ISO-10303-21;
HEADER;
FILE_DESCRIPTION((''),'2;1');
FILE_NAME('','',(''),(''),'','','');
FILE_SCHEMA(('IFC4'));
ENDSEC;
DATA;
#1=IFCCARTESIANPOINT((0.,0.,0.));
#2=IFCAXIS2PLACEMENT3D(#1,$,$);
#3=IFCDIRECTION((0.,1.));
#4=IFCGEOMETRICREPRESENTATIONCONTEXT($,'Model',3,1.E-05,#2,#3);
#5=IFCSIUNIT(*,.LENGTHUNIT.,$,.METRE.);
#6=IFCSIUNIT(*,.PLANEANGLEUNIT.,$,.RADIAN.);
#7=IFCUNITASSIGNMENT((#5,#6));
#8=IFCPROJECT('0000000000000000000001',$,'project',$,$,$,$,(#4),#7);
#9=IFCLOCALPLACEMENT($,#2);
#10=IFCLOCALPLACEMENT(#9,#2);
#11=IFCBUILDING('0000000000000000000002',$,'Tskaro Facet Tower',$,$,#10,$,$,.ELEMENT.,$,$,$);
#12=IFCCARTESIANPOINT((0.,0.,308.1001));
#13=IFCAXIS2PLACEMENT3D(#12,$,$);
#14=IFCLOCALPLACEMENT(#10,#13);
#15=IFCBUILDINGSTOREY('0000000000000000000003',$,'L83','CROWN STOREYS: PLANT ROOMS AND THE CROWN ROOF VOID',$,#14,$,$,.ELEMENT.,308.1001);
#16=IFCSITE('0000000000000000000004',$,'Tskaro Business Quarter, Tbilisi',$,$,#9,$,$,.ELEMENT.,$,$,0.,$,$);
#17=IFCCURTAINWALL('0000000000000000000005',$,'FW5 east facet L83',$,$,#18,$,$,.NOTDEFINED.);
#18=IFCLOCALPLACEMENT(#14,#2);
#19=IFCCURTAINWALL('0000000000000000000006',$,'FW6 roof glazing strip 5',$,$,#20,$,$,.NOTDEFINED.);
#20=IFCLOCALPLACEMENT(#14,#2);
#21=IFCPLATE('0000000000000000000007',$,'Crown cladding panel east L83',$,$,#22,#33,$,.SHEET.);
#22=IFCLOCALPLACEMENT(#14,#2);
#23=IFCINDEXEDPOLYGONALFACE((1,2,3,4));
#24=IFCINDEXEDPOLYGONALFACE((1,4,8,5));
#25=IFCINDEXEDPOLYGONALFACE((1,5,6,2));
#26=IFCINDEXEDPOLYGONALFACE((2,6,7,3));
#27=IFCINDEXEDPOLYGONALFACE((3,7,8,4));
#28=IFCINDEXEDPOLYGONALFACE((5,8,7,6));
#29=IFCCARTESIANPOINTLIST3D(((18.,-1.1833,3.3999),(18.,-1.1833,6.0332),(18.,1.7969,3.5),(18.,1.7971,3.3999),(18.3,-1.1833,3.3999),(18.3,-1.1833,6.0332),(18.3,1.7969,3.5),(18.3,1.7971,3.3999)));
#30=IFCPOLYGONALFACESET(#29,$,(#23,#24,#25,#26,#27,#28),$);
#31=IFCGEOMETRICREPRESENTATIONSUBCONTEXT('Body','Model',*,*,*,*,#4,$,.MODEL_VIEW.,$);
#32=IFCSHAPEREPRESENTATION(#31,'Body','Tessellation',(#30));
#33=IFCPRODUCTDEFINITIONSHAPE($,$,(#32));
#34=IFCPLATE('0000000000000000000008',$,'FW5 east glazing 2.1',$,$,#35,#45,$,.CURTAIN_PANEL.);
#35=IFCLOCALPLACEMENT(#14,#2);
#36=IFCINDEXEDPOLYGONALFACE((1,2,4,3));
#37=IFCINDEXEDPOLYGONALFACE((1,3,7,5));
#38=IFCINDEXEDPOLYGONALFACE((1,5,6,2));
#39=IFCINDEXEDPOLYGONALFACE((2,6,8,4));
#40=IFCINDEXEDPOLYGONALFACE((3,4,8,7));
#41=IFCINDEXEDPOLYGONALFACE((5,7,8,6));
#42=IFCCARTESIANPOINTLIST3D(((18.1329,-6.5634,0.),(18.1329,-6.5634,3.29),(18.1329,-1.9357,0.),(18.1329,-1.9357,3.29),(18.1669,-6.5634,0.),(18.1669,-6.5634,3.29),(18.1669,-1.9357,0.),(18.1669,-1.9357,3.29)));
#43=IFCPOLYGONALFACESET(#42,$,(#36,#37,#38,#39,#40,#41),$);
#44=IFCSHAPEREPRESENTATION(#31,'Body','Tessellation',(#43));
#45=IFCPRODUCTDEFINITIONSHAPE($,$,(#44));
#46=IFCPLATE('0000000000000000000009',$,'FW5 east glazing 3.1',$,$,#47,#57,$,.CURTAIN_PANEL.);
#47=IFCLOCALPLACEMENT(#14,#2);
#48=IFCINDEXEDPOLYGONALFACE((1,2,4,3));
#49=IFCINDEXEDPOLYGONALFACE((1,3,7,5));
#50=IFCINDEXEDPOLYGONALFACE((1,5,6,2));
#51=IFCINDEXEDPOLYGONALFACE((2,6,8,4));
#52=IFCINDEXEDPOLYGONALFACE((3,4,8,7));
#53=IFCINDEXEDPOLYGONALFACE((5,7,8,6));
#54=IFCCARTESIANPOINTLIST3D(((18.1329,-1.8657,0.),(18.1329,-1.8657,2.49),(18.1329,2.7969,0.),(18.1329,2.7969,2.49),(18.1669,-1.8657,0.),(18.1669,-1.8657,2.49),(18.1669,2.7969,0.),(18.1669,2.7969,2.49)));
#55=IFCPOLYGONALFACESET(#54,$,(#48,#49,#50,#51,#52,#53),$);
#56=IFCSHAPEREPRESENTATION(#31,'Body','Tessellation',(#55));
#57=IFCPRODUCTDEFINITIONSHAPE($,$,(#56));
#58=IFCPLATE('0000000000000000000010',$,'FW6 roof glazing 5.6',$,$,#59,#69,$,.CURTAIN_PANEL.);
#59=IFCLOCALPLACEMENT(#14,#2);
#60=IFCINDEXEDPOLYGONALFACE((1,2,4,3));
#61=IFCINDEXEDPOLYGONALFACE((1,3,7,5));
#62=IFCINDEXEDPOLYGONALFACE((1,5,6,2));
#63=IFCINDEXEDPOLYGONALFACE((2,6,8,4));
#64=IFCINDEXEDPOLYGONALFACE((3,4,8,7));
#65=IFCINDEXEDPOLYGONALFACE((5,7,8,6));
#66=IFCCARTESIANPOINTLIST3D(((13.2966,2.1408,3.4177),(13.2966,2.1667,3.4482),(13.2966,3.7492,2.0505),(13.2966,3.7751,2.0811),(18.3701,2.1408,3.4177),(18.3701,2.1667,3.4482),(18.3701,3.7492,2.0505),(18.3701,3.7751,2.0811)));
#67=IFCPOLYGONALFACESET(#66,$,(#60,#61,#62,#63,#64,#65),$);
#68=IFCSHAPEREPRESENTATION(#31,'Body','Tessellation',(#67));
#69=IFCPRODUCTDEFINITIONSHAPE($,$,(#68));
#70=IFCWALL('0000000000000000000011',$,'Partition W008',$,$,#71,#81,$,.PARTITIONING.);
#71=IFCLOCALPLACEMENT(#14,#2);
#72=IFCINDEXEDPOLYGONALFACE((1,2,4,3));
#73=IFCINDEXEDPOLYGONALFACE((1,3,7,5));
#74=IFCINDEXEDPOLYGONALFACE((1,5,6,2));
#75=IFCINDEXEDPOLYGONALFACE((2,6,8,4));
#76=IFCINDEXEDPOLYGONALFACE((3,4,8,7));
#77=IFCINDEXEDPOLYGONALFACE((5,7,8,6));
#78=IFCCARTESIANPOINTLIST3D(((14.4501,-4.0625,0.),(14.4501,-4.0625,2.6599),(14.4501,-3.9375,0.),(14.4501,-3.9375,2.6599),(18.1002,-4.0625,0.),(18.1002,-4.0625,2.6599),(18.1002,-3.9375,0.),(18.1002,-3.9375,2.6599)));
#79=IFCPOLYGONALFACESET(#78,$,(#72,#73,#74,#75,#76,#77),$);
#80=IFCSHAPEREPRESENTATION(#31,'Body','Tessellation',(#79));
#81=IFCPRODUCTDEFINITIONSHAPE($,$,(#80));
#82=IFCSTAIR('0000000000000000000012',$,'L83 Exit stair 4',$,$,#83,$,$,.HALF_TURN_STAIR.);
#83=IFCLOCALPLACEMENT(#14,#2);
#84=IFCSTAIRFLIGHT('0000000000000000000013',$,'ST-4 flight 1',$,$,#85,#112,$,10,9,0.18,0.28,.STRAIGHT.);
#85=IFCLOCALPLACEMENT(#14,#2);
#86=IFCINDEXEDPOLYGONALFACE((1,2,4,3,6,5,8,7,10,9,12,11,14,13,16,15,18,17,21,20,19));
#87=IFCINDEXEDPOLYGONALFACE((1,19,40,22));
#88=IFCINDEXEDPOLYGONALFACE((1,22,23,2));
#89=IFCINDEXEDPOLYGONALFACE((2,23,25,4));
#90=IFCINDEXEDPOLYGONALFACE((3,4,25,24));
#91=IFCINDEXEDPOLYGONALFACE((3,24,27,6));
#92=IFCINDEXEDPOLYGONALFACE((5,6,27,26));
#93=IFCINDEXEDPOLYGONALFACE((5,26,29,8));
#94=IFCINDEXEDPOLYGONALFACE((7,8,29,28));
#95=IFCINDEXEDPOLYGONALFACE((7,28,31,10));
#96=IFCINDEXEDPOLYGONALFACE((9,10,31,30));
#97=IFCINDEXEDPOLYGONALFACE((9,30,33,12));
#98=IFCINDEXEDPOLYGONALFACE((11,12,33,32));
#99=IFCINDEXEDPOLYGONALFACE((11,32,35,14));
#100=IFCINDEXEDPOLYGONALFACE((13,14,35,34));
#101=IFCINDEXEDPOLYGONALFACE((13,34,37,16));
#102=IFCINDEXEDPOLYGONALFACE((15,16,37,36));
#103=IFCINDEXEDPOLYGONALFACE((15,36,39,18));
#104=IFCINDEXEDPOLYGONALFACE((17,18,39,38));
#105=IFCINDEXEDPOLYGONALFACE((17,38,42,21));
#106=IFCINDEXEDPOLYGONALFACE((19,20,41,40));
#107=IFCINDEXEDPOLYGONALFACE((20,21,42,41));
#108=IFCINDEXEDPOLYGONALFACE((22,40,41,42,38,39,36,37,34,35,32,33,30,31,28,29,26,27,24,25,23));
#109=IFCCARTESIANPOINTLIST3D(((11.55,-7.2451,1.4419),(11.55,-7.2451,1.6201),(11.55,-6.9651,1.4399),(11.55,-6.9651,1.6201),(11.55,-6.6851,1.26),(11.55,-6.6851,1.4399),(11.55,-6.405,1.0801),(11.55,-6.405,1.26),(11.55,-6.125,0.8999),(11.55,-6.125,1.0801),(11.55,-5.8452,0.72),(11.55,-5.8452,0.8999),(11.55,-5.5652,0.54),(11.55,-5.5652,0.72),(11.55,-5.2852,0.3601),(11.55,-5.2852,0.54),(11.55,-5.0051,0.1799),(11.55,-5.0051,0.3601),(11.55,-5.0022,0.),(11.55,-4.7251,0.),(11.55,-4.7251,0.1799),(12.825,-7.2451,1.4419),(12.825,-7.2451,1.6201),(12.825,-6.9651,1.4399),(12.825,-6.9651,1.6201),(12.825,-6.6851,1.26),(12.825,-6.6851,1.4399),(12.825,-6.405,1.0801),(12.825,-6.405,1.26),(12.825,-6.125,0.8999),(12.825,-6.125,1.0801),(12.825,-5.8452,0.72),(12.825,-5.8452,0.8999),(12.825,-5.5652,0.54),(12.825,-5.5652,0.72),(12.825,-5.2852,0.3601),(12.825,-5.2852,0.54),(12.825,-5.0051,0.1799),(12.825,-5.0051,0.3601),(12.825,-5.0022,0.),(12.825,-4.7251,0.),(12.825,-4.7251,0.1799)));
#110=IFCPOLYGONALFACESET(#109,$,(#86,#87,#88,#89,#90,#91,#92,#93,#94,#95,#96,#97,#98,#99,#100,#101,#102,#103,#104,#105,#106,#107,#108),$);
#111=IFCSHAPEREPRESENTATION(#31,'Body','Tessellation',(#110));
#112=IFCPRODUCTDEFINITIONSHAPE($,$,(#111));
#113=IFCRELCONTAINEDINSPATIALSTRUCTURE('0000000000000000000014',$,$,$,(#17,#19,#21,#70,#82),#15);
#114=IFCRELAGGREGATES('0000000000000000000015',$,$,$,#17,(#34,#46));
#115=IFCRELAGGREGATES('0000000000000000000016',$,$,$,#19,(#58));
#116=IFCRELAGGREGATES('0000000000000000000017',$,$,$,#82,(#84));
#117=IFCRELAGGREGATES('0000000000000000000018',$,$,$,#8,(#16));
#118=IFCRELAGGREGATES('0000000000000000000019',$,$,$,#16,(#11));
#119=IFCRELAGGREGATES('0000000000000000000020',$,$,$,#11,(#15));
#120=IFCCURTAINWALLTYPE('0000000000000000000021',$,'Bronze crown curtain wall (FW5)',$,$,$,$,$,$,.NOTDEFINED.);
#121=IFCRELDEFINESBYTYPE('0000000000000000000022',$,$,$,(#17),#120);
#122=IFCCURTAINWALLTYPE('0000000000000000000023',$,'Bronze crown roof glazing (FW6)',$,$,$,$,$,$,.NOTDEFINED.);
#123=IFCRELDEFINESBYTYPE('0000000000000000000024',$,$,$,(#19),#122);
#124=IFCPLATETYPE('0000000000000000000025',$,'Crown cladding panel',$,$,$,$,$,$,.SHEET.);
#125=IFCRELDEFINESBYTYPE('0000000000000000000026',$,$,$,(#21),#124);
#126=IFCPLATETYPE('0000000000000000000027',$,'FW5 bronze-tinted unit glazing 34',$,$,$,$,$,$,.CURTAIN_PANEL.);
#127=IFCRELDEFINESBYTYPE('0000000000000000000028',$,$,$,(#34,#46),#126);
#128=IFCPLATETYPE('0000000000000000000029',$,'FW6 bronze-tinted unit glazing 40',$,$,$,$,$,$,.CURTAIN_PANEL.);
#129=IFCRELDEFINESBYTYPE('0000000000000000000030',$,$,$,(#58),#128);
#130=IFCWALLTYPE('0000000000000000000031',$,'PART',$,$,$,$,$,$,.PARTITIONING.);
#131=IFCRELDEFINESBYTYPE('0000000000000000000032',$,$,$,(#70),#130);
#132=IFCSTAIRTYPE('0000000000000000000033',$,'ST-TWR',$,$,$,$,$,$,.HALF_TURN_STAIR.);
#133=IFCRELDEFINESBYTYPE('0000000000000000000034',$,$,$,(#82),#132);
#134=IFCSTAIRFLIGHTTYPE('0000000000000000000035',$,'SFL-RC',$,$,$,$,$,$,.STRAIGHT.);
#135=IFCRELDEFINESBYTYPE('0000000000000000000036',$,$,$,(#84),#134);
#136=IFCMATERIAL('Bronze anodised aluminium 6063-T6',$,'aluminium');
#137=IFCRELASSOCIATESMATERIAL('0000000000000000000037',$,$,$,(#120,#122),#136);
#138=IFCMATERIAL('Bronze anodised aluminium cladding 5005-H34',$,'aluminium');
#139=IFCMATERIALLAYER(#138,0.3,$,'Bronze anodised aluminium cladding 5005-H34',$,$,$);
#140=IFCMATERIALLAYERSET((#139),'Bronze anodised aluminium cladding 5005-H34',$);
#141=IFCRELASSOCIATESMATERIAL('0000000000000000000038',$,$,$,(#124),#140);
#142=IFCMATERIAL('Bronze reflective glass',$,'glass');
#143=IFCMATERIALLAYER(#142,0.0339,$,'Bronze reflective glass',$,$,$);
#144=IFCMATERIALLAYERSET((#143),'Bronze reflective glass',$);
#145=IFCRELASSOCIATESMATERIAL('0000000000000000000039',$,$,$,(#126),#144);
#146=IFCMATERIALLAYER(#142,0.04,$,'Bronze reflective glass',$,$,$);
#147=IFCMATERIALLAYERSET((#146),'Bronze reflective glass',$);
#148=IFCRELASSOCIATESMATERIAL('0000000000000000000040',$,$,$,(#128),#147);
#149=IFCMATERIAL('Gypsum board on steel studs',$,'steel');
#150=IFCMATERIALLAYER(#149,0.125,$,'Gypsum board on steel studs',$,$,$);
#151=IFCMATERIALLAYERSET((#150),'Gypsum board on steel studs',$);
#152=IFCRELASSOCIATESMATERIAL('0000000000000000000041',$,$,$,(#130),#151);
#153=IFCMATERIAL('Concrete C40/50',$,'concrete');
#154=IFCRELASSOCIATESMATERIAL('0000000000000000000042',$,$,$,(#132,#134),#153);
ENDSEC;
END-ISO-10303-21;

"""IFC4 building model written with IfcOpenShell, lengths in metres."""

from ifc_helpers import new_model, si_unit, direction, frame, frame_2d, origin, origin_2d, place, context, subcontext, project, spatial, polyline, rectangle, outline, extrude, material, layer, layer_set, type_object, element, aggregate, save


model = new_model("IFC4")

# Units and contexts
model_context = context("Model", 3, precision=1e-05, world=origin(), true_north=direction((0.0, 1.0)))
body_context = subcontext(model_context, "Body", "Model", "MODEL_VIEW")
ifc_project = project(units=[si_unit("LENGTHUNIT", "METRE"), si_unit("PLANEANGLEUNIT", "RADIAN")], contexts=[model_context])

# Site, building, storey
site_placement = place(None, origin())
site = spatial("IfcSite", under=ifc_project, at=site_placement, Name="Tskaro Business Quarter, Tbilisi", CompositionType="ELEMENT", RefElevation=0.0)
building_placement = place(site_placement, origin())
building = spatial("IfcBuilding", under=site, at=building_placement, Name="Tskaro Facet Tower", CompositionType="ELEMENT")
storey_placement = place(building_placement, frame((0.0, 0.0, 308.1001)))
storey = spatial("IfcBuildingStorey", under=building, at=storey_placement, Name="L83", Description="CROWN STOREYS: PLANT ROOMS AND THE CROWN ROOF VOID", CompositionType="ELEMENT", Elevation=308.1001)

# Curtain walls
ifc_material_1 = material(Name="Bronze anodised aluminium 6063-T6", Category="aluminium")
curtain_wall_type_1 = type_object("IfcCurtainWallType", Name="Bronze crown curtain wall (FW5)", PredefinedType="NOTDEFINED", material=ifc_material_1)
curtain_wall_1_placement = place(storey_placement, origin())
curtain_wall_1 = element("IfcCurtainWall", 1, at=curtain_wall_1_placement, inside=storey, type_object=curtain_wall_type_1, Name="FW5 east facet L83", PredefinedType="NOTDEFINED")
curtain_wall_type_2 = type_object("IfcCurtainWallType", Name="Bronze crown roof glazing (FW6)", PredefinedType="NOTDEFINED", material=ifc_material_1)
curtain_wall_2_placement = place(storey_placement, origin())
curtain_wall_2 = element("IfcCurtainWall", 2, at=curtain_wall_2_placement, inside=storey, type_object=curtain_wall_type_2, Name="FW6 roof glazing strip 5", PredefinedType="NOTDEFINED")

# Plates
ifc_material_2 = material(Name="Bronze anodised aluminium cladding 5005-H34", Category="aluminium")
ifc_layer_1 = layer(ifc_material_2, 0.3, Name="Bronze anodised aluminium cladding 5005-H34")
ifc_layer_set_1 = layer_set([ifc_layer_1], Name="Bronze anodised aluminium cladding 5005-H34")
plate_type_1 = type_object("IfcPlateType", Name="Crown cladding panel", PredefinedType="SHEET", material=ifc_layer_set_1)
plate_1_placement = place(storey_placement, frame((18.1499, -1.1833, 3.3999), z_axis=(0.0, 0.0, 1.0), x_axis=(0.0, 1.0, 0.0)))
element("IfcPlate", 3, at=plate_1_placement, inside=storey, type_object=plate_type_1, Name="Crown cladding panel east L83", PredefinedType="SHEET", context=body_context, shape_type="SweptSolid", body=[
    extrude(outline(polyline([(0.0, 0.0), (2.9805, 0.0), (2.9802, 0.1001), (0.0, 2.6333), (0.0, 0.0)])), frame((0.0, 0.1499, 0.0), z_axis=(0.0, -1.0, 0.0), x_axis=(1.0, 0.0, 0.0)), (0.0, 0.0, 1.0), 0.3),
])
ifc_material_3 = material(Name="Bronze reflective glass", Category="glass")
ifc_layer_2 = layer(ifc_material_3, 0.0339, Name="Bronze reflective glass")
ifc_layer_set_2 = layer_set([ifc_layer_2], Name="Bronze reflective glass")
plate_type_2 = type_object("IfcPlateType", Name="FW5 bronze-tinted unit glazing 34", PredefinedType="CURTAIN_PANEL", material=ifc_layer_set_2)
plate_2_placement = place(storey_placement, frame((18.1499, -4.2495, 0.0), z_axis=(0.0, 0.0, 1.0), x_axis=(0.0, 1.0, 0.0)))
plate_2 = element("IfcPlate", 4, at=plate_2_placement, type_object=plate_type_2, Name="FW5 east glazing 2.1", PredefinedType="CURTAIN_PANEL", context=body_context, shape_type="SweptSolid", body=[
    extrude(rectangle(XDim=4.6277, YDim=0.0339, at=origin_2d()), origin(), (0.0, 0.0, 1.0), 3.29),
])
plate_3_placement = place(storey_placement, frame((18.1499, 0.4656, 0.0), z_axis=(0.0, 0.0, 1.0), x_axis=(0.0, 1.0, 0.0)))
plate_3 = element("IfcPlate", 5, at=plate_3_placement, type_object=plate_type_2, Name="FW5 east glazing 3.1", PredefinedType="CURTAIN_PANEL", context=body_context, shape_type="SweptSolid", body=[
    extrude(rectangle(XDim=4.6626, YDim=0.0339, at=origin_2d()), origin(), (0.0, 0.0, 1.0), 2.49),
])
aggregate(curtain_wall_1, [plate_2, plate_3])
ifc_layer_3 = layer(ifc_material_3, 0.04, Name="Bronze reflective glass")
ifc_layer_set_3 = layer_set([ifc_layer_3], Name="Bronze reflective glass")
plate_type_3 = type_object("IfcPlateType", Name="FW6 bronze-tinted unit glazing 40", PredefinedType="CURTAIN_PANEL", material=ifc_layer_set_3)
plate_4_placement = place(storey_placement, frame((13.2966, 2.1667, 3.4482), z_axis=(0.0, 0.647662, 0.761928), x_axis=(1.0, 0.0, 0.0)))
plate_4 = element("IfcPlate", 6, at=plate_4_placement, type_object=plate_type_3, Name="FW6 roof glazing 5.6", PredefinedType="CURTAIN_PANEL", context=body_context, shape_type="SweptSolid", body=[
    extrude(outline(polyline([(0.0, 0.0), (5.0735, 0.0), (5.0735, 2.111), (0.0, 2.111), (0.0, 0.0)])), origin(), (0.0, 0.0, -1.0), 0.04),
])
aggregate(curtain_wall_2, [plate_4])

# Wall
ifc_material_4 = material(Name="Gypsum board on steel studs", Category="steel")
ifc_layer_4 = layer(ifc_material_4, 0.125, Name="Gypsum board on steel studs")
ifc_layer_set_4 = layer_set([ifc_layer_4], Name="Gypsum board on steel studs")
wall_type = type_object("IfcWallType", Name="PART", PredefinedType="PARTITIONING", material=ifc_layer_set_4)
wall_placement = place(storey_placement, frame((14.45, -4.0, 0.0), z_axis=(0.0, 0.0, 1.0), x_axis=(1.0, 0.0, 0.0)))
element("IfcWall", 7, at=wall_placement, inside=storey, type_object=wall_type, Name="Partition W008", PredefinedType="PARTITIONING", context=body_context, shape_type="SweptSolid", body=[
    extrude(rectangle(XDim=3.6501, YDim=0.125, at=frame_2d((1.8252, 0.0))), origin(), (0.0, 0.0, 1.0), 2.6599),
])

# Stair, stair flight
ifc_material_5 = material(Name="Concrete C40/50", Category="concrete")
stair_type = type_object("IfcStairType", Name="ST-TWR", PredefinedType="HALF_TURN_STAIR", material=ifc_material_5)
stair_placement = place(storey_placement, origin())
stair = element("IfcStair", 8, at=stair_placement, inside=storey, type_object=stair_type, Name="L83 Exit stair 4", PredefinedType="HALF_TURN_STAIR")
stair_flight_type = type_object("IfcStairFlightType", Name="SFL-RC", PredefinedType="STRAIGHT", material=ifc_material_5)
stair_flight_placement = place(storey_placement, frame((12.1875, -4.7251, 0.0), z_axis=(0.0, 0.0, 1.0), x_axis=(0.0, -1.0, 0.0)))
stair_flight = element("IfcStairFlight", 9, at=stair_flight_placement, type_object=stair_flight_type, Name="ST-4 flight 1", NumberOfRisers=10, NumberOfTreads=9, PredefinedType="STRAIGHT", RiserHeight=0.18, TreadLength=0.28, context=body_context, shape_type="SweptSolid", body=[
    extrude(outline(polyline([(0.0, 0.0), (0.0, 0.1799), (0.28, 0.1799), (0.28, 0.3601), (0.5601, 0.3601), (0.5601, 0.54), (0.8401, 0.54), (0.8401, 0.72), (1.1201, 0.72), (1.1201, 0.8999), (1.3999, 0.8999), (1.3999, 1.0801), (1.6799, 1.0801), (1.6799, 1.26), (1.96, 1.26), (1.96, 1.4399), (2.24, 1.4399), (2.24, 1.6201), (2.52, 1.6201), (2.52, 1.8), (2.52, 1.4419), (0.2771, 0.0), (0.0, 0.0)])), frame((0.0, 0.6375, 0.0), z_axis=(0.0, -1.0, 0.0), x_axis=(1.0, 0.0, 0.0)), (0.0, 0.0, 1.0), 1.2749),
])
aggregate(stair, [stair_flight])

save(model, "model.ifc")
